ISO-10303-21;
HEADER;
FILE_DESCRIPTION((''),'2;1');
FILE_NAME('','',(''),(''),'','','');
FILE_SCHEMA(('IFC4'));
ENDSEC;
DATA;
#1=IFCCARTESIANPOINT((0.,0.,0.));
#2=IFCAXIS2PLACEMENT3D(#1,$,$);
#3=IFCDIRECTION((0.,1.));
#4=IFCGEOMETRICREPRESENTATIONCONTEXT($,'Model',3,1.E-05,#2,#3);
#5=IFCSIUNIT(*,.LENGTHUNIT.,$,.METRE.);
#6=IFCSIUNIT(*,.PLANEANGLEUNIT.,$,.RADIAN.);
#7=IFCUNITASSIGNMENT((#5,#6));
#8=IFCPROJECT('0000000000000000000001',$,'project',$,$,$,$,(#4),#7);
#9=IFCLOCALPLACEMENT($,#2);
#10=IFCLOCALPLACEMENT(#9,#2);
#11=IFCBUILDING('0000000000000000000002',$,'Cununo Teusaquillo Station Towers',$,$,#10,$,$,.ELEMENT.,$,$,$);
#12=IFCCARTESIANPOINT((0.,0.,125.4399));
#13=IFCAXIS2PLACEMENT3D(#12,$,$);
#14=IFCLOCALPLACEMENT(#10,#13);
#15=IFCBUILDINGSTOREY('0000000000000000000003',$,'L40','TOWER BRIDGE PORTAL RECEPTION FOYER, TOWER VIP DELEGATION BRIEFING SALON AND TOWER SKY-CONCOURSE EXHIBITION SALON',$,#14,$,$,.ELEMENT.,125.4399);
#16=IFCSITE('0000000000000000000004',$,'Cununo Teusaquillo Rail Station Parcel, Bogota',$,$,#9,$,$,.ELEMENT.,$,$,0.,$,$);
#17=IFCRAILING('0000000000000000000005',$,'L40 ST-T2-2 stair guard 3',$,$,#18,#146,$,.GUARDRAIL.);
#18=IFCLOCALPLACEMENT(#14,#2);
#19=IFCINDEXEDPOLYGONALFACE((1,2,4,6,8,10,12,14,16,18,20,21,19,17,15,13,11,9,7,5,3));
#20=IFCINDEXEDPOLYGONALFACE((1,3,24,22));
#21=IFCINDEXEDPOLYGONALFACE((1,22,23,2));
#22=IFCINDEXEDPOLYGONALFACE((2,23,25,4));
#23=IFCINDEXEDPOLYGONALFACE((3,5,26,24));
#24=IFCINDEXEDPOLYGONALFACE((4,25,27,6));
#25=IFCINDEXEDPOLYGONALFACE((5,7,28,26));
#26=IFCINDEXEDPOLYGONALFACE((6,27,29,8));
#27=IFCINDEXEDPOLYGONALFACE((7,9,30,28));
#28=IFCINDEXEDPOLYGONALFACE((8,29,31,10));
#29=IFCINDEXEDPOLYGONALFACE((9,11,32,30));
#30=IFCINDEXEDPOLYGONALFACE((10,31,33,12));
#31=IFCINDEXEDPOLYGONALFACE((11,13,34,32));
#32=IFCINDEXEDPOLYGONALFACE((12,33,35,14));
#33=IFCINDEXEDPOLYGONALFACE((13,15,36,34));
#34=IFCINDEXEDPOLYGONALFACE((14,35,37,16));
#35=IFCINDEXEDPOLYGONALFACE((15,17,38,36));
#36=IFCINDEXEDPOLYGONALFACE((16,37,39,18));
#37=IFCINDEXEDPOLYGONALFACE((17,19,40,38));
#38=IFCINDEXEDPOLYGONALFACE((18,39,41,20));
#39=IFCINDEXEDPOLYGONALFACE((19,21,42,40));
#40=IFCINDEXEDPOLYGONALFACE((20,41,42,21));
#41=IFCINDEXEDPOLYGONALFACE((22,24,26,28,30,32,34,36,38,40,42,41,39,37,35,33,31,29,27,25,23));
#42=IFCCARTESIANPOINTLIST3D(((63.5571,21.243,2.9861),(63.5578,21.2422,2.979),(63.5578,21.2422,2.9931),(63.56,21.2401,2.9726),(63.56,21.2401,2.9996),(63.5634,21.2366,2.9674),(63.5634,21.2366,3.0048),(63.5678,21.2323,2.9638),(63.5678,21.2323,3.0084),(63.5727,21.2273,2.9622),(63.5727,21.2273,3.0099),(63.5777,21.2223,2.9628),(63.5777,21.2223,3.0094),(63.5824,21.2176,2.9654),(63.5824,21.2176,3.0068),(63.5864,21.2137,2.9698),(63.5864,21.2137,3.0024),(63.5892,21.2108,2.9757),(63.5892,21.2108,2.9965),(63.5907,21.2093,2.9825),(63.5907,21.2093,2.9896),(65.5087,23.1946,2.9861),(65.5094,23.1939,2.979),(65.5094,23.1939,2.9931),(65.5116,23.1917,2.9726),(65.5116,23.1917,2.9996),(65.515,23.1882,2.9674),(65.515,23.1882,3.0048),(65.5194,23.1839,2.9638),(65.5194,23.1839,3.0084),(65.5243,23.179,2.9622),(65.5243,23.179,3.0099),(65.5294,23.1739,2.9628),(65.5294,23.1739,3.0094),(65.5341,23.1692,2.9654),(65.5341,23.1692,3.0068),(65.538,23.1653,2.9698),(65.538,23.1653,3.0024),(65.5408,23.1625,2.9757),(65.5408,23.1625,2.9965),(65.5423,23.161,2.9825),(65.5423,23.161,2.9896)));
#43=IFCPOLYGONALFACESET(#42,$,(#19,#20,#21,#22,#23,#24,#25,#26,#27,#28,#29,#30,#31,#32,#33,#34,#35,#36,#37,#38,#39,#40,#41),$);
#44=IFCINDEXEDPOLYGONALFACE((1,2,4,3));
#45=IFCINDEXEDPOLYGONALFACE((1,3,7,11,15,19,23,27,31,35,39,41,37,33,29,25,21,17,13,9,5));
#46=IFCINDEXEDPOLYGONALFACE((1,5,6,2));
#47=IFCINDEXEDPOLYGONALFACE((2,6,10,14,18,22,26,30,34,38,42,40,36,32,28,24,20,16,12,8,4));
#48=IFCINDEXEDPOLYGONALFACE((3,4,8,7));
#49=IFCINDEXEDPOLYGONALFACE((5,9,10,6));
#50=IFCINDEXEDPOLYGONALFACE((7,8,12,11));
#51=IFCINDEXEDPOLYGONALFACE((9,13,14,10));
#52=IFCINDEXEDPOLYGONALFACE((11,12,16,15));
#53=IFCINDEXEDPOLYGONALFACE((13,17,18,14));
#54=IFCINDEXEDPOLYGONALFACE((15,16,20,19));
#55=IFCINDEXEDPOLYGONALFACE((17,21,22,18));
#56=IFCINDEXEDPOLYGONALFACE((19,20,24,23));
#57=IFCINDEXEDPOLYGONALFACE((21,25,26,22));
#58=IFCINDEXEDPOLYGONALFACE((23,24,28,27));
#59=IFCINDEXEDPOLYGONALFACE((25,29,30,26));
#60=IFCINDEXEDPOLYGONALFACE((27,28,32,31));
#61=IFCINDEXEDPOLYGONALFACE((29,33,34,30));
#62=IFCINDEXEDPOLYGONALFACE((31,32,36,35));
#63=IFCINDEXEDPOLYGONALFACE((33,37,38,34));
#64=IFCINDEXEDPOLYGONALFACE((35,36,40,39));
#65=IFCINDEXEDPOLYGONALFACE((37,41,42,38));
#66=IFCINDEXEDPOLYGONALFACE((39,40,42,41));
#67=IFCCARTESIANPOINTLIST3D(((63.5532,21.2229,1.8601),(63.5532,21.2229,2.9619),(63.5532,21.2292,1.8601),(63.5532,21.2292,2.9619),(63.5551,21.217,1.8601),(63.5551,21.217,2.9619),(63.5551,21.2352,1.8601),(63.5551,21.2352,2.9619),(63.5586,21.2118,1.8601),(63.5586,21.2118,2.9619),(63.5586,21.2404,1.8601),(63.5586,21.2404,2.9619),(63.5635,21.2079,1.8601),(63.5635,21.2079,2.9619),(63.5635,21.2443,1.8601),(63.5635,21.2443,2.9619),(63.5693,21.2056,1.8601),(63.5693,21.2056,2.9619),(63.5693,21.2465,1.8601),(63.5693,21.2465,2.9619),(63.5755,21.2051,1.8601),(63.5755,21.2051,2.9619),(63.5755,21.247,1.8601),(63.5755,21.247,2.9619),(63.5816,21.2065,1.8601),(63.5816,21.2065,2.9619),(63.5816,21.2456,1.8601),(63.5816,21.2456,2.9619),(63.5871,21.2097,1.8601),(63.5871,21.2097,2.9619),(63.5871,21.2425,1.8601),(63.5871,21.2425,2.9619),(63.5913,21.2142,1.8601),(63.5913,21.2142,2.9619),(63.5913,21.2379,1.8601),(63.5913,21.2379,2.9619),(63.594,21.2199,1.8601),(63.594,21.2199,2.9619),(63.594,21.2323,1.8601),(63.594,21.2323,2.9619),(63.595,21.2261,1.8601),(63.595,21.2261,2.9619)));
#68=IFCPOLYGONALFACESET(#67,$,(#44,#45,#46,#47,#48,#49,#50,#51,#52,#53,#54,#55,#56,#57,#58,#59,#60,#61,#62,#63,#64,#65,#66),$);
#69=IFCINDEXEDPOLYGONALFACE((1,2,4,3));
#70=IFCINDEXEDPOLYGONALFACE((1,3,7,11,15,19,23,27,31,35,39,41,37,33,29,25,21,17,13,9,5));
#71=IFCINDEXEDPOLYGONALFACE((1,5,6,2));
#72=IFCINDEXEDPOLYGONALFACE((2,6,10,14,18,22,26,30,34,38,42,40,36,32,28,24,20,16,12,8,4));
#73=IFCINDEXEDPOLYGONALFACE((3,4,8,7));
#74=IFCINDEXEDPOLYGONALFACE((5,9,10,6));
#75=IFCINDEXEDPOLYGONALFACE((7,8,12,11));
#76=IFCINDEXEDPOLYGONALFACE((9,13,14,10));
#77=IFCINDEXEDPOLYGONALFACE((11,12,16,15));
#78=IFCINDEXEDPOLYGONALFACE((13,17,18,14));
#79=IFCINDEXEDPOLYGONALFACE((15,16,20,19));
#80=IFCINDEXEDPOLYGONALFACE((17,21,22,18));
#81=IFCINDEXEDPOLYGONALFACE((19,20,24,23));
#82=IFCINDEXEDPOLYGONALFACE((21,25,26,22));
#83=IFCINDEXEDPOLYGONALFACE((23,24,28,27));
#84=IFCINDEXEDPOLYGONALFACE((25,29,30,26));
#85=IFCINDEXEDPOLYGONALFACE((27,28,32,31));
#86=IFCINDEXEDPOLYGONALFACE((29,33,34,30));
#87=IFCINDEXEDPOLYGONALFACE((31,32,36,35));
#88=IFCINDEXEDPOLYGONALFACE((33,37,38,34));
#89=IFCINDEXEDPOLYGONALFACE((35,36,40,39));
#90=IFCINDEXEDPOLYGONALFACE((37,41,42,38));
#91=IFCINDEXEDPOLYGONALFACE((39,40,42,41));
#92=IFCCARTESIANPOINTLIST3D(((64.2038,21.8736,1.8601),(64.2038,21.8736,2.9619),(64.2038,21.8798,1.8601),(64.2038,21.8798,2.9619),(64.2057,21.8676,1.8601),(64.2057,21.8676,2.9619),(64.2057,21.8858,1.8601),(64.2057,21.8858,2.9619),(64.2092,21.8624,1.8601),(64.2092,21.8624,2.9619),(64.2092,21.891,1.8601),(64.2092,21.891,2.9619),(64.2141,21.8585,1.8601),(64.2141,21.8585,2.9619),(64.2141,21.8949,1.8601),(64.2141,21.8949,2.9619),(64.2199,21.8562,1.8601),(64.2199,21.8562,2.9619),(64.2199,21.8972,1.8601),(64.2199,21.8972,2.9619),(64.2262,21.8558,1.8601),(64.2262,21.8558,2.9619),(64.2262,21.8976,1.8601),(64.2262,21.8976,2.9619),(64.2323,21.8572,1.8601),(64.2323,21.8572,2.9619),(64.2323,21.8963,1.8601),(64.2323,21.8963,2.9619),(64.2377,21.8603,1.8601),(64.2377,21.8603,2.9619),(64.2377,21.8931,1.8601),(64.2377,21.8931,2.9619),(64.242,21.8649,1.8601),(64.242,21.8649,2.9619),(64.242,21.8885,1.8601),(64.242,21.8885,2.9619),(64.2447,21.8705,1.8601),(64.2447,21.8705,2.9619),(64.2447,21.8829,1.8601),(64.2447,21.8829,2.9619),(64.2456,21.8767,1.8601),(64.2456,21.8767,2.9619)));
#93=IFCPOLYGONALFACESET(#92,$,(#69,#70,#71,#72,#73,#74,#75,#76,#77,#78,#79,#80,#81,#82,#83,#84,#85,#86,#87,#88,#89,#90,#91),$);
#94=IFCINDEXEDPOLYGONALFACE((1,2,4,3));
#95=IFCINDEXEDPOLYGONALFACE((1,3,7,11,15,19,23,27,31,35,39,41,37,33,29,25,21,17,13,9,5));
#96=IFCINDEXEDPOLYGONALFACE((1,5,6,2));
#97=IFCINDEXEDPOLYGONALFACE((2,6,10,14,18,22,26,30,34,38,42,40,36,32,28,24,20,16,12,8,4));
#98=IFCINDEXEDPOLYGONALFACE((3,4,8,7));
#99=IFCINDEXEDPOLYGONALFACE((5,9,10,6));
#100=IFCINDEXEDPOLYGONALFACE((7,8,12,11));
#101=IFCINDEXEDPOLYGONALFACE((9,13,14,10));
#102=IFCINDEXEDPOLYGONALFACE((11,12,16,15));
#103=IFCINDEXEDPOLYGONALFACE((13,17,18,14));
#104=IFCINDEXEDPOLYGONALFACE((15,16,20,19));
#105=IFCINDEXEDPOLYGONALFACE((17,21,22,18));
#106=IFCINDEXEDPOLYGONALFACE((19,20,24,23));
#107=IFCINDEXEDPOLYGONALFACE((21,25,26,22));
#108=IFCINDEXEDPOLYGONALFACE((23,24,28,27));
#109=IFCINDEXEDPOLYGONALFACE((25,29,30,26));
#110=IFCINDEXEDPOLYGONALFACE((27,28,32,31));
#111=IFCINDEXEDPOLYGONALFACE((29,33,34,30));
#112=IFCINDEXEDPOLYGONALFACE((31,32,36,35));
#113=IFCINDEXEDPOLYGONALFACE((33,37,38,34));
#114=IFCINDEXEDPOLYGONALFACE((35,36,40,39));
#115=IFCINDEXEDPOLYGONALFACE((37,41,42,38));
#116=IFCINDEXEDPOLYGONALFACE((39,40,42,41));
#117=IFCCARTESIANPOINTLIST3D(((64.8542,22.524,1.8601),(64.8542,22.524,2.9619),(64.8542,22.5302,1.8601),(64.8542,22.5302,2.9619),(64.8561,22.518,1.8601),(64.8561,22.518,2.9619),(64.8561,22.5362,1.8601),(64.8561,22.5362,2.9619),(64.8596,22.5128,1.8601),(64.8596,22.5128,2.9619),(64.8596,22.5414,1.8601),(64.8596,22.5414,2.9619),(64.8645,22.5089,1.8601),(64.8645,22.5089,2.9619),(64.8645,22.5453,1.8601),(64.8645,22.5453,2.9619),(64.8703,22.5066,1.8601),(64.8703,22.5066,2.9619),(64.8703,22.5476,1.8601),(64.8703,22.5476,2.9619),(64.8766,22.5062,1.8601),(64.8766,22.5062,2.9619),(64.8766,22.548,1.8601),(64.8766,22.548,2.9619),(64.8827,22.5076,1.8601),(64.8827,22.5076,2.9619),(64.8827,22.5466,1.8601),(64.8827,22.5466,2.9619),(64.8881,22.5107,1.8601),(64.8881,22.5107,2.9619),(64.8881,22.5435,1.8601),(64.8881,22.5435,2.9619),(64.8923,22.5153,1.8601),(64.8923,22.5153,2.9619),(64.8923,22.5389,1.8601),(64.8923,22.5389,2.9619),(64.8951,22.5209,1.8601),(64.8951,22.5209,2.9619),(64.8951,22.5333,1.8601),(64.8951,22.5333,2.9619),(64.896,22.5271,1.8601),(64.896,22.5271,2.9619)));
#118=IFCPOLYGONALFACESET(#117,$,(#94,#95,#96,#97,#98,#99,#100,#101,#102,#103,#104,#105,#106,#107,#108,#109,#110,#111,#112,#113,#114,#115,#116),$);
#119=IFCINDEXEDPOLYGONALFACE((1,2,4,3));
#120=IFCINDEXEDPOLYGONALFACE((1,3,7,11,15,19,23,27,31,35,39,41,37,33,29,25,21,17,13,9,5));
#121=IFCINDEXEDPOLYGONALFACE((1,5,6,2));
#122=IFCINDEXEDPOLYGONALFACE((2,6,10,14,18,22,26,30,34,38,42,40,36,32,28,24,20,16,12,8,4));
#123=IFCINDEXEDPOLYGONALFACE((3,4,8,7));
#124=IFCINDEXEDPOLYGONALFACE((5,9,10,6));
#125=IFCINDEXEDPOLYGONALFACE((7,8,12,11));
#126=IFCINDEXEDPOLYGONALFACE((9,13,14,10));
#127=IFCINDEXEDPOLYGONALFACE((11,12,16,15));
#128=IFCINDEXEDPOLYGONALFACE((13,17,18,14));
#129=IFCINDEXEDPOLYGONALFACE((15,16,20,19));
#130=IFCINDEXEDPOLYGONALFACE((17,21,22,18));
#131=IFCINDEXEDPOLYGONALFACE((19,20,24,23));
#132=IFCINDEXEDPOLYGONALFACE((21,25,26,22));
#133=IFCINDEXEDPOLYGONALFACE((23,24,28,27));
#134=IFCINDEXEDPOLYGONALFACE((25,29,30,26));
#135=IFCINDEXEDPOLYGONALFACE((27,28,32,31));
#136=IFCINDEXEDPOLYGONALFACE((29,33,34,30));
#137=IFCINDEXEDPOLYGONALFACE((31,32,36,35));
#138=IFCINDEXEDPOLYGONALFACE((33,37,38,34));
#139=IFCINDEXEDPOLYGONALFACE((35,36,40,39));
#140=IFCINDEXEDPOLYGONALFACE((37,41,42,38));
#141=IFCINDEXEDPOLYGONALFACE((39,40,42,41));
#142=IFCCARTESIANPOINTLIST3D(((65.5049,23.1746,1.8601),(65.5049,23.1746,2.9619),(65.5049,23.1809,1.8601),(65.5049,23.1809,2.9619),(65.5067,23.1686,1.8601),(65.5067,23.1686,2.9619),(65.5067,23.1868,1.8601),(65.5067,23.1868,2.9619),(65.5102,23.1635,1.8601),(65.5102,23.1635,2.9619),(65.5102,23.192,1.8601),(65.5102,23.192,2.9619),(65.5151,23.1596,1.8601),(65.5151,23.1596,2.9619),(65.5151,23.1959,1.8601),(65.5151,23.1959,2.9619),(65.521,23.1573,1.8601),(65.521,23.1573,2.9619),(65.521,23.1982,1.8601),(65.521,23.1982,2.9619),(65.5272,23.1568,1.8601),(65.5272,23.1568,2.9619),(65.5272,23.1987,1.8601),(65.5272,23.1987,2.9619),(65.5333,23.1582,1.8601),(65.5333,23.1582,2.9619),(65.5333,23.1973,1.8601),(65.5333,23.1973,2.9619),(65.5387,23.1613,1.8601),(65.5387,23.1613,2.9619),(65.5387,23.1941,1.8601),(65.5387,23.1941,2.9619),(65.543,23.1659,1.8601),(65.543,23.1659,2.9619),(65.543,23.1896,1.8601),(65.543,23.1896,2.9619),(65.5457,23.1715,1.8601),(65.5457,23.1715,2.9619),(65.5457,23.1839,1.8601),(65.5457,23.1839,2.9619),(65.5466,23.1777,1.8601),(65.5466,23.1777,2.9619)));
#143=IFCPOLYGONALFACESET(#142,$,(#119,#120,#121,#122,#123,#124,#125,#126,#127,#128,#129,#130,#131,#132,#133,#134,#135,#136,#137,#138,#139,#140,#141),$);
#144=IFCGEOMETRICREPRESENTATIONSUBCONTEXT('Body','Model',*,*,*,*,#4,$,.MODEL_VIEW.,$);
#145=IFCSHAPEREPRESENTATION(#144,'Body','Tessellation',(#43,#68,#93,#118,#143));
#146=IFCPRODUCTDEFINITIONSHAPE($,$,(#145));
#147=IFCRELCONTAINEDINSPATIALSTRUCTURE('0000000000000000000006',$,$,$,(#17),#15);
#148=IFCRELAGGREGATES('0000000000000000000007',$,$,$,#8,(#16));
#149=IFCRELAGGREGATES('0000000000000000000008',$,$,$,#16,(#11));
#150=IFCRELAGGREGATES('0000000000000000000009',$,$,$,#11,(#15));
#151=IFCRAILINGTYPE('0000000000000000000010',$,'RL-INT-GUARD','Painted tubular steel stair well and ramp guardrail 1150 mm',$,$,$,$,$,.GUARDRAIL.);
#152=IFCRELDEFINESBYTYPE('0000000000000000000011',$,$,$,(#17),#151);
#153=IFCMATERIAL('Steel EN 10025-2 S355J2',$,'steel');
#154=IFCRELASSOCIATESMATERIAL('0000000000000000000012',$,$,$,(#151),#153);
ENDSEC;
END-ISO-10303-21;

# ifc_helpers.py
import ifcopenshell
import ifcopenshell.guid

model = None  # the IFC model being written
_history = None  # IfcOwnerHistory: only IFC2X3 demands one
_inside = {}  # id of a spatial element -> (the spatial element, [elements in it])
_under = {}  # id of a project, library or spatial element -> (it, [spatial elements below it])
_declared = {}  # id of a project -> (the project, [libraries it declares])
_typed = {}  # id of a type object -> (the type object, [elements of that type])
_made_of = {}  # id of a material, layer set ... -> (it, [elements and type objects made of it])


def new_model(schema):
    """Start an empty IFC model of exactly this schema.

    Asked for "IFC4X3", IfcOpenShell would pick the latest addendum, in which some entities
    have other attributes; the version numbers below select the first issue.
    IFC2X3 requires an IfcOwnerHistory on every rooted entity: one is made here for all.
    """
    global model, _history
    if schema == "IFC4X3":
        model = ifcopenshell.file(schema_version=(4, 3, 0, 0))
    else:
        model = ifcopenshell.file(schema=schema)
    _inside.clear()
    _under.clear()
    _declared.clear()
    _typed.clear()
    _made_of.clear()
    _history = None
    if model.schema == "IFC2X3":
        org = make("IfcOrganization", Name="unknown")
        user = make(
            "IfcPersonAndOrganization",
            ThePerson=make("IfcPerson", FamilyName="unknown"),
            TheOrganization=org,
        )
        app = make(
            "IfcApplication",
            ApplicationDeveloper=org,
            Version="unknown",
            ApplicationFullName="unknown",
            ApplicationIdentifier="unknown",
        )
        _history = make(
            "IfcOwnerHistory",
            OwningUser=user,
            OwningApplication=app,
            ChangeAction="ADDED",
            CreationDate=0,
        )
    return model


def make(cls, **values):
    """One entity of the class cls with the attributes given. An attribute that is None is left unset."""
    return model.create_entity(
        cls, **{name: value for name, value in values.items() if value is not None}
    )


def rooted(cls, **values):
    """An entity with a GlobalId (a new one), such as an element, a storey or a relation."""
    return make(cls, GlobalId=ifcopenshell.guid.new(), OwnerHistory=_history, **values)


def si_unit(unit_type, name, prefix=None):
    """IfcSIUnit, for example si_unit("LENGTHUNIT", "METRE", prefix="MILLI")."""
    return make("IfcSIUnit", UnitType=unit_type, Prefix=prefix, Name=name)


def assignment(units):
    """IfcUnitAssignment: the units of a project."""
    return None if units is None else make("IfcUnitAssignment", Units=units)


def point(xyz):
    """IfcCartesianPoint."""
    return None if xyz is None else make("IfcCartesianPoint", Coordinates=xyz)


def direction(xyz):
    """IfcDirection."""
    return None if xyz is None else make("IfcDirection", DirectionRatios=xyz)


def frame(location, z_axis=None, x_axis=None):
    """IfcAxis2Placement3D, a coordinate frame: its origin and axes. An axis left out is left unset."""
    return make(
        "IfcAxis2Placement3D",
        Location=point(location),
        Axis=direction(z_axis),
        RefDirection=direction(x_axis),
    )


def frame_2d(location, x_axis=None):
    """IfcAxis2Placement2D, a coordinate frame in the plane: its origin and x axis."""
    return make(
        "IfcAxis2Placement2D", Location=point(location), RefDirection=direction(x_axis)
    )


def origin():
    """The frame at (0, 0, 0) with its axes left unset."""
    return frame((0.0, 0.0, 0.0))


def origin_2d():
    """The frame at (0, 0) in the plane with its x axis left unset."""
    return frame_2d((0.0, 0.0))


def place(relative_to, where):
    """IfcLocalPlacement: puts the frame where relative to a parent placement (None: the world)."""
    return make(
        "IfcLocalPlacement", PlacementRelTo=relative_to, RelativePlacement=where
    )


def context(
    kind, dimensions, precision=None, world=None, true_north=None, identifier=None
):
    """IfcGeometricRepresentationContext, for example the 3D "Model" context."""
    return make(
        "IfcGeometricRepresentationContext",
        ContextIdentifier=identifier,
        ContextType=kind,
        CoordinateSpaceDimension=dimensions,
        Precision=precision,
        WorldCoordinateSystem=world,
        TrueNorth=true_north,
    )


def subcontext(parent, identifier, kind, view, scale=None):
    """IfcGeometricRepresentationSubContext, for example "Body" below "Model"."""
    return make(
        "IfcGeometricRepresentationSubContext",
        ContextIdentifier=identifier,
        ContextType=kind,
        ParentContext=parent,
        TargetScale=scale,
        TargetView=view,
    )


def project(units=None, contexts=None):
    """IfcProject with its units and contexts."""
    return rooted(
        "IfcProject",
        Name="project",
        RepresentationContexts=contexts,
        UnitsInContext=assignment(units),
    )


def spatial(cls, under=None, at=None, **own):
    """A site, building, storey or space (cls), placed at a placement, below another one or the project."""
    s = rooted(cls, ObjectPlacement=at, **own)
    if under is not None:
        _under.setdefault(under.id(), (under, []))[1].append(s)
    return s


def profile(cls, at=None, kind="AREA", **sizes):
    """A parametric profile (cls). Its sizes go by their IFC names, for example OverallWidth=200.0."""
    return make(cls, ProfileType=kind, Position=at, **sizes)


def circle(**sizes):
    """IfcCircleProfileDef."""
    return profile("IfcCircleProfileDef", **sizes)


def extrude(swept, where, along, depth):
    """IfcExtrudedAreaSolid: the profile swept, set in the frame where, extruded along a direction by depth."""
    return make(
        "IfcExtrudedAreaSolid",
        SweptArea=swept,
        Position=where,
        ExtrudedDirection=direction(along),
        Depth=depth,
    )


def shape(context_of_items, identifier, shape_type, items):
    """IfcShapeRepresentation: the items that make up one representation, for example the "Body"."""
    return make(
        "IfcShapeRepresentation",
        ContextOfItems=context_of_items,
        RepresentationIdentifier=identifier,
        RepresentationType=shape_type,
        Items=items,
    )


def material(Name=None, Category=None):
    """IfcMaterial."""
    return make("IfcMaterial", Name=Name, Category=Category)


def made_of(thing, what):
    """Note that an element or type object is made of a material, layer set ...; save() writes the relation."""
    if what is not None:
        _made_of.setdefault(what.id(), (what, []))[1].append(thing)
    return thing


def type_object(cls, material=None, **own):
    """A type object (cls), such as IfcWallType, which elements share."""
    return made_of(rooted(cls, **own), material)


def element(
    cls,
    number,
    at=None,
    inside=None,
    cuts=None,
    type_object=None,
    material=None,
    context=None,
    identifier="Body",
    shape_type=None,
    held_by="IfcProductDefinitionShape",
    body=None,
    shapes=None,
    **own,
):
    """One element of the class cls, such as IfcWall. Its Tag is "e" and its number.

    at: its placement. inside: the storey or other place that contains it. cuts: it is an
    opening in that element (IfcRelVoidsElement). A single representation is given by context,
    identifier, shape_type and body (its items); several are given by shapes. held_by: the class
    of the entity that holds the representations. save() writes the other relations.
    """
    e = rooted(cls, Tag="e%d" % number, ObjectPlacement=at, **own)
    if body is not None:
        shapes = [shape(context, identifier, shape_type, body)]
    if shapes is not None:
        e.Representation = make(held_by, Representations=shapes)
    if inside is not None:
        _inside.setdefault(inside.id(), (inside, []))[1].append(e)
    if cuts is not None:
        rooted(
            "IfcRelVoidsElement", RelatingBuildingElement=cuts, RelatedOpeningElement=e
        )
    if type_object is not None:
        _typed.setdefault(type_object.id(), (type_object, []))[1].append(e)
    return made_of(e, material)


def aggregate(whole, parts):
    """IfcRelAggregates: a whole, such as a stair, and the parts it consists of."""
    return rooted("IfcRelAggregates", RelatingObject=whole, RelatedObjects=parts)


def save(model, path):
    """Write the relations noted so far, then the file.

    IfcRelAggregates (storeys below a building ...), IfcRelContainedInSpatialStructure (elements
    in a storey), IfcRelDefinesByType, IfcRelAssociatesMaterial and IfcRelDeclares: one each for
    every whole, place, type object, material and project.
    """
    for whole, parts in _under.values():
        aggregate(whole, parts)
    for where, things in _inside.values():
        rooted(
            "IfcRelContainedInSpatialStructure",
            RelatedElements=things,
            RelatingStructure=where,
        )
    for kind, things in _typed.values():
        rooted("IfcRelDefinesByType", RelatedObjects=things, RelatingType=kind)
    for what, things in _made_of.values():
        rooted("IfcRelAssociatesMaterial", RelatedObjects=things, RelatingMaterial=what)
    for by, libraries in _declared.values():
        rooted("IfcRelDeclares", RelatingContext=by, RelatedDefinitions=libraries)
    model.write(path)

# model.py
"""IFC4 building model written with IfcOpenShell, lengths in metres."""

from ifc_helpers import new_model, si_unit, direction, frame, origin, origin_2d, place, context, subcontext, project, spatial, circle, extrude, material, type_object, element, save


model = new_model("IFC4")

# Units and contexts
model_context = context("Model", 3, precision=1e-05, world=origin(), true_north=direction((0.0, 1.0)))
body_context = subcontext(model_context, "Body", "Model", "MODEL_VIEW")
ifc_project = project(units=[si_unit("LENGTHUNIT", "METRE"), si_unit("PLANEANGLEUNIT", "RADIAN")], contexts=[model_context])

# Site, building, storey
site_placement = place(None, origin())
site = spatial("IfcSite", under=ifc_project, at=site_placement, Name="Cununo Teusaquillo Rail Station Parcel, Bogota", CompositionType="ELEMENT", RefElevation=0.0)
building_placement = place(site_placement, origin())
building = spatial("IfcBuilding", under=site, at=building_placement, Name="Cununo Teusaquillo Station Towers", CompositionType="ELEMENT")
storey_placement = place(building_placement, frame((0.0, 0.0, 125.4399)))
storey = spatial("IfcBuildingStorey", under=building, at=storey_placement, Name="L40", Description="TOWER BRIDGE PORTAL RECEPTION FOYER, TOWER VIP DELEGATION BRIEFING SALON AND TOWER SKY-CONCOURSE EXHIBITION SALON", CompositionType="ELEMENT", Elevation=125.4399)

# Railing
ifc_material_1 = material(Name="Steel EN 10025-2 S355J2", Category="steel")
railing_type = type_object("IfcRailingType", Name="RL-INT-GUARD", Description="Painted tubular steel stair well and ramp guardrail 1150 mm", PredefinedType="GUARDRAIL", material=ifc_material_1)
railing_1_placement = place(storey_placement, frame((63.574, 21.2261, 1.8601)))
element("IfcRailing", 1, at=railing_1_placement, inside=storey, type_object=railing_type, Name="L40 ST-T2-2 stair guard 3", PredefinedType="GUARDRAIL", context=body_context, shape_type="SweptSolid", body=[
    extrude(circle(Radius=0.0239, at=origin_2d()), frame((0.0, 0.0, 1.126), z_axis=(0.707107, 0.707107, 0.0), x_axis=(-0.707107, 0.707107, 0.0)), (0.0, 0.0, 1.0), 2.76),
    extrude(circle(Radius=0.021, at=origin_2d()), origin(), (0.0, 0.0, 1.0), 1.1018),
    extrude(circle(Radius=0.021, at=origin_2d()), frame((0.6506, 0.6506, 0.0)), (0.0, 0.0, 1.0), 1.1018),
    extrude(circle(Radius=0.021, at=origin_2d()), frame((1.301, 1.301, 0.0)), (0.0, 0.0, 1.0), 1.1018),
    extrude(circle(Radius=0.021, at=origin_2d()), frame((1.9517, 1.9517, 0.0)), (0.0, 0.0, 1.0), 1.1018),
])

save(model, "model.ifc")
